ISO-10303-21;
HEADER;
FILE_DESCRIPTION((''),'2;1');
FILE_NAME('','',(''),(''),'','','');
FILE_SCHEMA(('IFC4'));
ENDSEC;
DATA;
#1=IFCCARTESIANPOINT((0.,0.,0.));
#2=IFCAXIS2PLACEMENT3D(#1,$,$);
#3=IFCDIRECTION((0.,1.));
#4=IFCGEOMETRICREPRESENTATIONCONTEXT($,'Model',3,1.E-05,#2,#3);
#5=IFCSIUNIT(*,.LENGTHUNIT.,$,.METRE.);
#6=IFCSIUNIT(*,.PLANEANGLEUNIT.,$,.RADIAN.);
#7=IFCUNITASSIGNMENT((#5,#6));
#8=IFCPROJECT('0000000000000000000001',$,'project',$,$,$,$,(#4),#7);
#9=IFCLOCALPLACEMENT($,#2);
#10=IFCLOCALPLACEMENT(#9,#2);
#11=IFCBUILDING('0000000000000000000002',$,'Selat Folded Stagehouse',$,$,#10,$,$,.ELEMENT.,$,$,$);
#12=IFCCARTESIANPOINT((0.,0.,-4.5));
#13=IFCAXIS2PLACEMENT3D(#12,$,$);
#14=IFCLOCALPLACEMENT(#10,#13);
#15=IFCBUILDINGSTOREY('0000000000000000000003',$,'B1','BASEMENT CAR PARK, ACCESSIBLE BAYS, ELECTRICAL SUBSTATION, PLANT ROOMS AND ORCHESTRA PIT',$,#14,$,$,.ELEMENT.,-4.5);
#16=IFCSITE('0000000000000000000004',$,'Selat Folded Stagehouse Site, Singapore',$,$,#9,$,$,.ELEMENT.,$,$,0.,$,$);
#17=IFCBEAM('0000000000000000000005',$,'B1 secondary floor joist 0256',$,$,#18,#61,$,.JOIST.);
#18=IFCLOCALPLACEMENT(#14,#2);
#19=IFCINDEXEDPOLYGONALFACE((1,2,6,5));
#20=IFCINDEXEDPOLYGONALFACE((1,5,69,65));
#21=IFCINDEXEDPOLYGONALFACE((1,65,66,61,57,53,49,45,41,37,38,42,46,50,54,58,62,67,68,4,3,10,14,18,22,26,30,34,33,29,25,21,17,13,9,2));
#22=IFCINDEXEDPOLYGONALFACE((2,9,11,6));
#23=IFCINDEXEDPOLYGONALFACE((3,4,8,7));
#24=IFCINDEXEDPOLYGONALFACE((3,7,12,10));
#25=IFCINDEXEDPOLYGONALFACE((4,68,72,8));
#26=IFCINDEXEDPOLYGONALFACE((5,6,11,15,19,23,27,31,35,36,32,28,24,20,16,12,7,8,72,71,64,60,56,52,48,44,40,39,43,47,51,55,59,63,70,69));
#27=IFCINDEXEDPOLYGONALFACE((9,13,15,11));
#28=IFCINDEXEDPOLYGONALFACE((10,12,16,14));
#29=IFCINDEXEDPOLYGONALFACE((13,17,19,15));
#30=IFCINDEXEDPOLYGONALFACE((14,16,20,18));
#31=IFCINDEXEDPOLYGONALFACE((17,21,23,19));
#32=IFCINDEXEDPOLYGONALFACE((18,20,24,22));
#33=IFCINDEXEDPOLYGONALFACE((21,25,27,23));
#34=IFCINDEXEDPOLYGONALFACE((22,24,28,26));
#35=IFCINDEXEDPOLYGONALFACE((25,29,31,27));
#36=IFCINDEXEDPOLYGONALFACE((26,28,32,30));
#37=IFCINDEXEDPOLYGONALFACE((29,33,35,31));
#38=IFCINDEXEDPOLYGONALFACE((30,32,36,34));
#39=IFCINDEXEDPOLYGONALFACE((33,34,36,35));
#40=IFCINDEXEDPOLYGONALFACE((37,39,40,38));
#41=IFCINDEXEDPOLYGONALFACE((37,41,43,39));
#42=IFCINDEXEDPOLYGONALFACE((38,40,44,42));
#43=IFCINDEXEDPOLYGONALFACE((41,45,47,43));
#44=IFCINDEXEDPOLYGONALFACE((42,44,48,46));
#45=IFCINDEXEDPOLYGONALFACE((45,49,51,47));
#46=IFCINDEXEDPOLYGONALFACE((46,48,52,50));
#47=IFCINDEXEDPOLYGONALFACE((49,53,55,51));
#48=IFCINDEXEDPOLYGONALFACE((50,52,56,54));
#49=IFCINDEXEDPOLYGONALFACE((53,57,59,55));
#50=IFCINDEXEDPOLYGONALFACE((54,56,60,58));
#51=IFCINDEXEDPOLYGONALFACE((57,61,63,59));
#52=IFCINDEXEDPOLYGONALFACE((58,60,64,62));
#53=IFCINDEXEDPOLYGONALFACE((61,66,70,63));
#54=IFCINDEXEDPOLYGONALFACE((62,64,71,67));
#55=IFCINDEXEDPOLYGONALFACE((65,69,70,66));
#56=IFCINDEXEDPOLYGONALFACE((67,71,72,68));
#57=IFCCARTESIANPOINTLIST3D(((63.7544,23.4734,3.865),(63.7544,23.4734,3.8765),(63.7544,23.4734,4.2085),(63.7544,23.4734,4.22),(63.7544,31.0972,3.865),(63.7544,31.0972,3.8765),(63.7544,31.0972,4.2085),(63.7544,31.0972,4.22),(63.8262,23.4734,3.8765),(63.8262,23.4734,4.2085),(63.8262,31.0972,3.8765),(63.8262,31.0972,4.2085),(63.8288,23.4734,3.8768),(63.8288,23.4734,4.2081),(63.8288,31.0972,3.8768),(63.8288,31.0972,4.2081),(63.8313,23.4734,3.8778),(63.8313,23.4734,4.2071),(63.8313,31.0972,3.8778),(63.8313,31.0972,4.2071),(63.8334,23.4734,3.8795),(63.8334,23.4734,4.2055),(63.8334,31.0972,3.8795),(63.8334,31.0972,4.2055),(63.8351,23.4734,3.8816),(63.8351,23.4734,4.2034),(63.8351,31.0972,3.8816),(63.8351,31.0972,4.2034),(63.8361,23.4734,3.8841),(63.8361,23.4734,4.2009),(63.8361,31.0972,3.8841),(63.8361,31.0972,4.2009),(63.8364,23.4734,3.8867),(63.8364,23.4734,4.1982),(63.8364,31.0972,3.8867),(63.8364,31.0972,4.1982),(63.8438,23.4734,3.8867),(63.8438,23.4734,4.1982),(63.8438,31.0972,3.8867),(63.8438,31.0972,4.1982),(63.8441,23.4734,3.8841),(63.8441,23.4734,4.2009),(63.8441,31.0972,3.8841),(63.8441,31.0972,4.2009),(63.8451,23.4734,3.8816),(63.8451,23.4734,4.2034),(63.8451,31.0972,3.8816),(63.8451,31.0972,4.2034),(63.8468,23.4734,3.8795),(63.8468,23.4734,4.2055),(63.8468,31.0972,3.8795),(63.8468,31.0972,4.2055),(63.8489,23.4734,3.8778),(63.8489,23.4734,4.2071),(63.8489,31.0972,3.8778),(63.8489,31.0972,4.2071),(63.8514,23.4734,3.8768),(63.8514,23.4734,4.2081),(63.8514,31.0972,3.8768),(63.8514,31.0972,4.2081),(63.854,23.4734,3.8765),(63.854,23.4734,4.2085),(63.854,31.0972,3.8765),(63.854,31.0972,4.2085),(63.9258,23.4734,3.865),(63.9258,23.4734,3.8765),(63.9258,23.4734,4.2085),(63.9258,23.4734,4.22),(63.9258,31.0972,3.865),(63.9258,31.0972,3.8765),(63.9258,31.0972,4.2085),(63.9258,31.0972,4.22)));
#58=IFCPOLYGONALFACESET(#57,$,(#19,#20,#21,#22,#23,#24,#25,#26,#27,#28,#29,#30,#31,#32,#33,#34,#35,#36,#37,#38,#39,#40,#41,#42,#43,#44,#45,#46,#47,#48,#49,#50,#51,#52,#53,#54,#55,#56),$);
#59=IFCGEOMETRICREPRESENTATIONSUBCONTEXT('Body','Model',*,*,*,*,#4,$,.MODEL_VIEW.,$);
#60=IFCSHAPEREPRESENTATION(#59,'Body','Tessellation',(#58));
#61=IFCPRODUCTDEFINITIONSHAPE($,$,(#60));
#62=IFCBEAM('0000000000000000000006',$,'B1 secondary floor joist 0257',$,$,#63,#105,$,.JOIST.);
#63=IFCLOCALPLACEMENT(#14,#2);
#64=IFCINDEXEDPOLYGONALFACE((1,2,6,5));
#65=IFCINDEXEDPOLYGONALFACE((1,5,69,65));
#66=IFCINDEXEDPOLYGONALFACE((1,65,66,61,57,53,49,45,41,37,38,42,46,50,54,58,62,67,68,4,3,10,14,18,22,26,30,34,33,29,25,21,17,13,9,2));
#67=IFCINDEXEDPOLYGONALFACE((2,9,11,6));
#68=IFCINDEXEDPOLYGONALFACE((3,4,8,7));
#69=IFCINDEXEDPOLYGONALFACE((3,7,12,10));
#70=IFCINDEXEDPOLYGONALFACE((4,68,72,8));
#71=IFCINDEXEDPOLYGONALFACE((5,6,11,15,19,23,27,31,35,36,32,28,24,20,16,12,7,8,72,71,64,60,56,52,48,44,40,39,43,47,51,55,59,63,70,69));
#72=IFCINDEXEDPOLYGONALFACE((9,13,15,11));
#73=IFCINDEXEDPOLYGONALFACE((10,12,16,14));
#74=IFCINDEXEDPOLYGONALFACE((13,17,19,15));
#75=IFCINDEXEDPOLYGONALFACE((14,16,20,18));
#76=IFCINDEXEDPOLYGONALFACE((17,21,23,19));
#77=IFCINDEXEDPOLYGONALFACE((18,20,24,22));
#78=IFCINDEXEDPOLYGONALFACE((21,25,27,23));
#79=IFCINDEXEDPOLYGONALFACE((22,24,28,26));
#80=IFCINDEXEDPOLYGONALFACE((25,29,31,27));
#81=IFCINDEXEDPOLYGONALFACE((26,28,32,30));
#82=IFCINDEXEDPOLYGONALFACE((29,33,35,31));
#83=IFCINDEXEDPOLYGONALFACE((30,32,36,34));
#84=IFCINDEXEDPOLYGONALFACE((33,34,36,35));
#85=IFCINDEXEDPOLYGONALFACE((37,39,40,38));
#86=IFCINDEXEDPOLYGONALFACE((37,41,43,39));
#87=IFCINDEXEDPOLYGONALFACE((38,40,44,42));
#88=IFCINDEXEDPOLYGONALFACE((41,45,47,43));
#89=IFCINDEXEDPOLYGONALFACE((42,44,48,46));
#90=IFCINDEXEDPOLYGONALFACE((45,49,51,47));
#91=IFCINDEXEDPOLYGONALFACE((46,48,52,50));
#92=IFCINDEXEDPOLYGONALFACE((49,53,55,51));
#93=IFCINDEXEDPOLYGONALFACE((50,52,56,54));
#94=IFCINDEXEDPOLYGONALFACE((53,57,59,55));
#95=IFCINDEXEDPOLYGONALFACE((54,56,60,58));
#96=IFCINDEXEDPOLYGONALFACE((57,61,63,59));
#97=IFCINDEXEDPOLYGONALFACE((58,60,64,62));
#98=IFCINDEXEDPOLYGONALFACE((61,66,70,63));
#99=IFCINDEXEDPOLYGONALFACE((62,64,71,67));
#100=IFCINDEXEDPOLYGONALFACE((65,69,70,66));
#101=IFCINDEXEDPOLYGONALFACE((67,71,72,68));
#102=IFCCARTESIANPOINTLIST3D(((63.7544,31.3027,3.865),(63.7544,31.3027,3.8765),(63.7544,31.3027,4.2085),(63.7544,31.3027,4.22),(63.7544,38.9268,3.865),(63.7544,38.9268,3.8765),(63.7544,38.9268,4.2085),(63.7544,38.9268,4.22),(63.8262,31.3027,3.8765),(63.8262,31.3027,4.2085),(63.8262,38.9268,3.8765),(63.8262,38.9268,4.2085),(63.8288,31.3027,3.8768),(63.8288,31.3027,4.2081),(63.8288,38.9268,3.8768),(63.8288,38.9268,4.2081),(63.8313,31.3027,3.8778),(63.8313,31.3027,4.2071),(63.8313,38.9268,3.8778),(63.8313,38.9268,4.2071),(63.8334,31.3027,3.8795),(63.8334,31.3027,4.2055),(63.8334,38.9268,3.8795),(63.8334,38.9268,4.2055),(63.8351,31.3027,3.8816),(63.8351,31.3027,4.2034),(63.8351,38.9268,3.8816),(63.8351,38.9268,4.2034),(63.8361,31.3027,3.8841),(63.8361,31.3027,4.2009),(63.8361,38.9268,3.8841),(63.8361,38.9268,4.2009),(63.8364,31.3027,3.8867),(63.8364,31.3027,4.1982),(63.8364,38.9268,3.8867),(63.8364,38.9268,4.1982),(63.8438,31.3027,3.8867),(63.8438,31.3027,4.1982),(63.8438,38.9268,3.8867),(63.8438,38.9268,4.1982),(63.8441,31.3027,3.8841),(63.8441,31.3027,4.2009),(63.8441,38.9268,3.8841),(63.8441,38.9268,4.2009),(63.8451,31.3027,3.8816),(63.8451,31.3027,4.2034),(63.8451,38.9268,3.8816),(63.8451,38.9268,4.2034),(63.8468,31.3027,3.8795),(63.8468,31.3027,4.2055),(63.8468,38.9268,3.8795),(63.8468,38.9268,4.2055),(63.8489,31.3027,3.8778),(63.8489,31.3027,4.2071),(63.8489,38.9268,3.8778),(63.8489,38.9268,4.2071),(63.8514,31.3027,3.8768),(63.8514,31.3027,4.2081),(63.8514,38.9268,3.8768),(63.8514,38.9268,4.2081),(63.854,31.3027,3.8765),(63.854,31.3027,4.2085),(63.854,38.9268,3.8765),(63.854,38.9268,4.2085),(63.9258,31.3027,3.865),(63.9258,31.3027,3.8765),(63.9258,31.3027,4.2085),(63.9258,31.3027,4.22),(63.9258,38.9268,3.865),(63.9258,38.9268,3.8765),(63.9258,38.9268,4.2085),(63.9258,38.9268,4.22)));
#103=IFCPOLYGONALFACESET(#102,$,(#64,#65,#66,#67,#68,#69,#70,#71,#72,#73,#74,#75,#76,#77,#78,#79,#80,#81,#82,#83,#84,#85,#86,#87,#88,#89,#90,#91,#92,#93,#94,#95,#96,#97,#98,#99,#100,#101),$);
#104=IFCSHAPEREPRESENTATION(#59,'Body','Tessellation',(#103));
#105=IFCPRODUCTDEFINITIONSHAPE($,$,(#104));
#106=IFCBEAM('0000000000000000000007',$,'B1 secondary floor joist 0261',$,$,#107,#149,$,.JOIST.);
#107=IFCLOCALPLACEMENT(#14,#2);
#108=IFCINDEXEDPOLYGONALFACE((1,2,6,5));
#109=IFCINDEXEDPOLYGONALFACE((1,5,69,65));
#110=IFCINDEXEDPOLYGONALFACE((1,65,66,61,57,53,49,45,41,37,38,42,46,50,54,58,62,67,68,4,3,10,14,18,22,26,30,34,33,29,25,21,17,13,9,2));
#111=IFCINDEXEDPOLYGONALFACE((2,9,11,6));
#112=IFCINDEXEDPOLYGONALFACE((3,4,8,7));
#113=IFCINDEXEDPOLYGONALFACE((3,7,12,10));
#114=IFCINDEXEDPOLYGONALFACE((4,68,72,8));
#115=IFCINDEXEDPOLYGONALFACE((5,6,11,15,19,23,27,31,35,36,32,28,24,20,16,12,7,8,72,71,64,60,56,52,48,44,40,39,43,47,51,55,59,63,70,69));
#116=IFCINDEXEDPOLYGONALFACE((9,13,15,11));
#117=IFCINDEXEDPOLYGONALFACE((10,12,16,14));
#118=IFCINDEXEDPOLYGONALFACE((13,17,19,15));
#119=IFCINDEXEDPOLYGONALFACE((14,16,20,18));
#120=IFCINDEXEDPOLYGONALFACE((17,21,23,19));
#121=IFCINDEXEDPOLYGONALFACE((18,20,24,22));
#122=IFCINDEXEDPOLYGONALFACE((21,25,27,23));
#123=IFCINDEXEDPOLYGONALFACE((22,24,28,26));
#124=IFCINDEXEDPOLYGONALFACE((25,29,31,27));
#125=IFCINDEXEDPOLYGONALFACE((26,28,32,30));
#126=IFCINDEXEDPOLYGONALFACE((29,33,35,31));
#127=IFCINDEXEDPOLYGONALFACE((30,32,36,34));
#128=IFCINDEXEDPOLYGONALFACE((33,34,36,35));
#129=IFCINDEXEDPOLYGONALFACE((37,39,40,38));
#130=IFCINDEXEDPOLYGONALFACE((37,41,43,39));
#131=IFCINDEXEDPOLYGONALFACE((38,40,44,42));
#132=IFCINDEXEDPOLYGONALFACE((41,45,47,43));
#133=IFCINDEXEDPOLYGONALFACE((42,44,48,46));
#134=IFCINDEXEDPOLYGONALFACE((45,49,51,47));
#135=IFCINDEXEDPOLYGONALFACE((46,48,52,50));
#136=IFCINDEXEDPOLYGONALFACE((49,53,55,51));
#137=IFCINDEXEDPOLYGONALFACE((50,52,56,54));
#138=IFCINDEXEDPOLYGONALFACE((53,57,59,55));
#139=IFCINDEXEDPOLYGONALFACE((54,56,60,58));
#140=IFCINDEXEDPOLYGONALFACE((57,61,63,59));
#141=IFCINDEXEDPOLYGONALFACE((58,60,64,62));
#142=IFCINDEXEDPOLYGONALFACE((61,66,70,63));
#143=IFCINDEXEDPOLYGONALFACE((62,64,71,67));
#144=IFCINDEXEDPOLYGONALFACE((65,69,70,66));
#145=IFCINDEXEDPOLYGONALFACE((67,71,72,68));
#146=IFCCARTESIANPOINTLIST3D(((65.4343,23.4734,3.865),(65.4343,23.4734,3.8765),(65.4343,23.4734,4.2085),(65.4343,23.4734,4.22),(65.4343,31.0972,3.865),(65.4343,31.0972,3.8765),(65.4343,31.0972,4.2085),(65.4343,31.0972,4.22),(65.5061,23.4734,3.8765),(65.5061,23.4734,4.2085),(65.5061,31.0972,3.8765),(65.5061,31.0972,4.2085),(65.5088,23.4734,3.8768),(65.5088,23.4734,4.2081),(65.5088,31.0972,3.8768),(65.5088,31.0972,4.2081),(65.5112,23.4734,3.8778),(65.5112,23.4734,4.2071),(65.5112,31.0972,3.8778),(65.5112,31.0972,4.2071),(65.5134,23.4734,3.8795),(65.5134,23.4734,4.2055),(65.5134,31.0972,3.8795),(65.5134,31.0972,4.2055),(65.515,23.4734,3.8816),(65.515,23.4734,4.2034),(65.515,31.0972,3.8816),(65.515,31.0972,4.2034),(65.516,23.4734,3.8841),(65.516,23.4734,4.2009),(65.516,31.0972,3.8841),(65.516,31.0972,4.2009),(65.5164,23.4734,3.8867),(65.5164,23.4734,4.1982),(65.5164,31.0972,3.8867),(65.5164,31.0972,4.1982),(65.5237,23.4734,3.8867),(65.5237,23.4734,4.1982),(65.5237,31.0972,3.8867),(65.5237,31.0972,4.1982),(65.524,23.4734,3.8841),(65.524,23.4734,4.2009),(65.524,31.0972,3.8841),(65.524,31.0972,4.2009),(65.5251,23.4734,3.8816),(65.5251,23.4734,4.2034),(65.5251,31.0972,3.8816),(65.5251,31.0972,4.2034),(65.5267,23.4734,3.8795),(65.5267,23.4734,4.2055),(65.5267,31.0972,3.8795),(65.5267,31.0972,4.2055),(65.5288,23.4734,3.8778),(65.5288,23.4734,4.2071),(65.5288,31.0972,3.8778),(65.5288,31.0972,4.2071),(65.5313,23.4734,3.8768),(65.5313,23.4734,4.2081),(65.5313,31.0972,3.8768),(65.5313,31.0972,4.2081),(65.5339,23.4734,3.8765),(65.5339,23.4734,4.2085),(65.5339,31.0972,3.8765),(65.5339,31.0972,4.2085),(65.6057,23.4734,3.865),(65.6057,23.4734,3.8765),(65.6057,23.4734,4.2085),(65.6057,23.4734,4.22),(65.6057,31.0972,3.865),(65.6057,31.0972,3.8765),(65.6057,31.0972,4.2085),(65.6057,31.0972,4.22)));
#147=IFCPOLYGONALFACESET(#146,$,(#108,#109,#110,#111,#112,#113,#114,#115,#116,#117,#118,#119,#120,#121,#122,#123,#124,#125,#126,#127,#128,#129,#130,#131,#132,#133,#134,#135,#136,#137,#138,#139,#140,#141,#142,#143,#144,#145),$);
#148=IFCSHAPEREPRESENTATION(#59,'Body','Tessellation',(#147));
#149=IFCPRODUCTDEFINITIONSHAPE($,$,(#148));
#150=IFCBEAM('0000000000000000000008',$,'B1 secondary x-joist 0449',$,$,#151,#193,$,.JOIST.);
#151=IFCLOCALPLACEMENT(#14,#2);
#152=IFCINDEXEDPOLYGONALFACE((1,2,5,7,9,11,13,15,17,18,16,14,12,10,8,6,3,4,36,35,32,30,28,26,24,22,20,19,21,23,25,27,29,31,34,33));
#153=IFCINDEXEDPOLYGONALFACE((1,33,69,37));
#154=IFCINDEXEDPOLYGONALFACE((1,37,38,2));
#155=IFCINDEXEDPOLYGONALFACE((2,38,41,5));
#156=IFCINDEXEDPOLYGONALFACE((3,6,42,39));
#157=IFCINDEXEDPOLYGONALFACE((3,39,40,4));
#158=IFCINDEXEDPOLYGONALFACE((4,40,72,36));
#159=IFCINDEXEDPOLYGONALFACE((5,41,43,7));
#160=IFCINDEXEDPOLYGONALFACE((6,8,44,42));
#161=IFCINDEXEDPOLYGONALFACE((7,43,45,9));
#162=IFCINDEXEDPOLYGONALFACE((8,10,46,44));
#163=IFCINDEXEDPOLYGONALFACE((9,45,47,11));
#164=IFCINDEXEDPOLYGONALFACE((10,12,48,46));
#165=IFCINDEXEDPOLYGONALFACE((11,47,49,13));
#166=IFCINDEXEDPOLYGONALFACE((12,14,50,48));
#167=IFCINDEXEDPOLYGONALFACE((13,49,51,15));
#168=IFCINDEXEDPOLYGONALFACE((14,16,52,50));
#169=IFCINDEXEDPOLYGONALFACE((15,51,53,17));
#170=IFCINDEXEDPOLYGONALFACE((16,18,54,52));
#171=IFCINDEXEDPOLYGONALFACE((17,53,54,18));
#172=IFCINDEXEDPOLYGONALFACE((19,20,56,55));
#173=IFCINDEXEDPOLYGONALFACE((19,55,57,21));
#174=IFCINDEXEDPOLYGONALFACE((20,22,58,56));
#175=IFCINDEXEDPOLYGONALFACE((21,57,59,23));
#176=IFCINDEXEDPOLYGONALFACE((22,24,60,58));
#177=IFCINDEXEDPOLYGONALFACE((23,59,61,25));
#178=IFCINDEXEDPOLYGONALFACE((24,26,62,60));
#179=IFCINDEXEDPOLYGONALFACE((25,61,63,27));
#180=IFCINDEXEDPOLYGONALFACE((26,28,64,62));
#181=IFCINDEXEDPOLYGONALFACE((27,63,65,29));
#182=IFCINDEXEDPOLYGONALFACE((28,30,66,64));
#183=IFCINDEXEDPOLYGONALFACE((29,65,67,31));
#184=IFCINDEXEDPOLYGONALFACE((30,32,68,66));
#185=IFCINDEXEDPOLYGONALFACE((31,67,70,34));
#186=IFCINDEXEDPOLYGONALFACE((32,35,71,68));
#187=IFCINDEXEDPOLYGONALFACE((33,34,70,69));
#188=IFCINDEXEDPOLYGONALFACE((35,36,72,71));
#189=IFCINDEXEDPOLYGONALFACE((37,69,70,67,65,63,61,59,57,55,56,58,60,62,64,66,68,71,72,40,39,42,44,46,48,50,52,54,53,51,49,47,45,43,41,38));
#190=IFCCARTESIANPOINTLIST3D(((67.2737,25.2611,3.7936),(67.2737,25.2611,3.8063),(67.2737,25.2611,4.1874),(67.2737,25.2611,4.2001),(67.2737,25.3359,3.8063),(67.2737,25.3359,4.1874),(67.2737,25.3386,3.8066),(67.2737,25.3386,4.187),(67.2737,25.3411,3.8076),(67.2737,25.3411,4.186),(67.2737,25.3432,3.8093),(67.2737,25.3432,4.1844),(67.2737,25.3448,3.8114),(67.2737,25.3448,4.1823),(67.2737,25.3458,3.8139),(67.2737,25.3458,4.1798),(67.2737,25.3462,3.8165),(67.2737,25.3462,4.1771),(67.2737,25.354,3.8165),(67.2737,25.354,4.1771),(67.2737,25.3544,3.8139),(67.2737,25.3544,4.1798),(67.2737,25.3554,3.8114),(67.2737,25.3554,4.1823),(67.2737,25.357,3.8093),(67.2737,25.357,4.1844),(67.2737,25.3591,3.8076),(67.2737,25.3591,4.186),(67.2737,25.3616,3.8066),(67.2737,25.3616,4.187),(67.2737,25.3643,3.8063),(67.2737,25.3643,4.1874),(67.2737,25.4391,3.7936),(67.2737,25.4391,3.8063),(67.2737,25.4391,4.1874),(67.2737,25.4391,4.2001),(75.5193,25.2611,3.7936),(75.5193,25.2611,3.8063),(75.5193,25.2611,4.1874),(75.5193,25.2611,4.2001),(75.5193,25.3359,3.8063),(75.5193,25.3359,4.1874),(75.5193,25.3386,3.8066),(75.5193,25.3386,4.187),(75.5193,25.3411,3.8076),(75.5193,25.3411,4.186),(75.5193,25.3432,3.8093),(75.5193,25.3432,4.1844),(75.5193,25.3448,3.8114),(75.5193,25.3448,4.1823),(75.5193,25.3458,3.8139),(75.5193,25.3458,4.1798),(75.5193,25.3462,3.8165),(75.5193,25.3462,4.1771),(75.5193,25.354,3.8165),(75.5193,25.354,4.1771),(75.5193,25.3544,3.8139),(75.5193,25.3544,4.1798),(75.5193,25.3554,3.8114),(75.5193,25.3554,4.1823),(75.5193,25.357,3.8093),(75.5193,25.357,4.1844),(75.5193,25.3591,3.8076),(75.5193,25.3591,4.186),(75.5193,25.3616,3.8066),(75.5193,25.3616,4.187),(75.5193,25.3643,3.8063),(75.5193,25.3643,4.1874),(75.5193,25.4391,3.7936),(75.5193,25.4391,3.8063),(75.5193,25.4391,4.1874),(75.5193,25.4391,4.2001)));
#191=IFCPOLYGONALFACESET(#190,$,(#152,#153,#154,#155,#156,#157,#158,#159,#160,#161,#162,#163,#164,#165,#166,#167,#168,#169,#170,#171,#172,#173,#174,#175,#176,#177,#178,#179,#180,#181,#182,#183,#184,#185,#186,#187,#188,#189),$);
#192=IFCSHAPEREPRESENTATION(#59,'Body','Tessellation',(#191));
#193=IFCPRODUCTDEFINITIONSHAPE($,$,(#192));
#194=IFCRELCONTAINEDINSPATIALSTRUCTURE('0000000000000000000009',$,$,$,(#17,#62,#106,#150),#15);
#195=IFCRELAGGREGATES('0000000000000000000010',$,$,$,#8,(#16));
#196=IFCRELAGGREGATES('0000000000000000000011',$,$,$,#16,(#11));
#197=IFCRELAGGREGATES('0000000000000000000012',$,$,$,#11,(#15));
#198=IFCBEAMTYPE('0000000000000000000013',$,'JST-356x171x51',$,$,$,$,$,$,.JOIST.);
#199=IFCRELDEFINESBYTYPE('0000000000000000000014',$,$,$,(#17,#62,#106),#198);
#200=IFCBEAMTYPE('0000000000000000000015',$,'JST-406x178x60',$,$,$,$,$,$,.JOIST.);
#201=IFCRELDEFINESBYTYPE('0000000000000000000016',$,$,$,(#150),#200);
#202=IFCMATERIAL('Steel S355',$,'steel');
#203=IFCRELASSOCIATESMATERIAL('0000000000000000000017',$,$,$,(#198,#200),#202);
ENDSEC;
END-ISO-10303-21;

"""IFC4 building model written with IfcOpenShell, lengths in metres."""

from ifc_helpers import new_model, si_unit, direction, frame, origin, origin_2d, place, context, subcontext, project, spatial, i_section, extrude, material, material_profile, profile_set, type_object, element, save


model = new_model("IFC4")

# Units and contexts
model_context = context("Model", 3, precision=1e-05, world=origin(), true_north=direction((0.0, 1.0)))
body_context = subcontext(model_context, "Body", "Model", "MODEL_VIEW")
ifc_project = project(units=[si_unit("LENGTHUNIT", "METRE"), si_unit("PLANEANGLEUNIT", "RADIAN")], contexts=[model_context])

# Site, building, storey
site_placement = place(None, origin())
site = spatial("IfcSite", under=ifc_project, at=site_placement, Name="Selat Folded Stagehouse Site, Singapore", CompositionType="ELEMENT", RefElevation=0.0)
building_placement = place(site_placement, origin())
building = spatial("IfcBuilding", under=site, at=building_placement, Name="Selat Folded Stagehouse", CompositionType="ELEMENT")
storey_placement = place(building_placement, frame((0.0, 0.0, -4.5)))
storey = spatial("IfcBuildingStorey", under=building, at=storey_placement, Name="B1", Description="BASEMENT CAR PARK, ACCESSIBLE BAYS, ELECTRICAL SUBSTATION, PLANT ROOMS AND ORCHESTRA PIT", CompositionType="ELEMENT", Elevation=-4.5)

# Shared definitions
ifc_material_1 = material(Name="Steel S355", Category="steel")

# Beams
ifc_material_profile_1 = material_profile(ifc_material_1, i_section(OverallWidth=0.1714, OverallDepth=0.355, WebThickness=0.0073, FlangeThickness=0.0115, FilletRadius=0.0103, at=origin_2d()), Name="UKB 356x171x51")
ifc_profile_set_1 = profile_set([ifc_material_profile_1], Name="Steel S355")
beam_type_1 = type_object("IfcBeamType", Name="JST-356x171x51", PredefinedType="JOIST", material=ifc_profile_set_1)
for number, where, z_axis, x_axis, name in (
    (1, (63.8401, 23.4734, 4.0425), (0.0, 1.0, 0.0), (-1.0, 0.0, 0.0), "B1 secondary floor joist 0256"),
):
    element("IfcBeam", number, at=place(storey_placement, frame(where, z_axis=z_axis, x_axis=x_axis)), inside=storey, type_object=beam_type_1, Name=name, PredefinedType="JOIST", context=body_context, shape_type="SweptSolid", body=[
        extrude(i_section(OverallWidth=0.1714, OverallDepth=0.355, WebThickness=0.0073, FlangeThickness=0.0115, FilletRadius=0.0103, at=origin_2d()), origin(), (0.0, 0.0, 1.0), 7.6238),
    ])
beam_1_placement = place(storey_placement, frame((63.8401, 31.3027, 4.0425), z_axis=(0.0, 1.0, 0.0), x_axis=(-1.0, 0.0, 0.0)))
element("IfcBeam", 2, at=beam_1_placement, inside=storey, type_object=beam_type_1, Name="B1 secondary floor joist 0257", PredefinedType="JOIST", context=body_context, shape_type="SweptSolid", body=[
    extrude(i_section(OverallWidth=0.1714, OverallDepth=0.355, WebThickness=0.0073, FlangeThickness=0.0115, FilletRadius=0.0103, at=origin_2d()), origin(), (0.0, 0.0, 1.0), 7.624),
])
beam_2_placement = place(storey_placement, frame((65.52, 23.4734, 4.0425), z_axis=(0.0, 1.0, 0.0), x_axis=(-1.0, 0.0, 0.0)))
element("IfcBeam", 3, at=beam_2_placement, inside=storey, type_object=beam_type_1, Name="B1 secondary floor joist 0261", PredefinedType="JOIST", context=body_context, shape_type="SweptSolid", body=[
    extrude(i_section(OverallWidth=0.1714, OverallDepth=0.355, WebThickness=0.0073, FlangeThickness=0.0115, FilletRadius=0.0103, at=origin_2d()), origin(), (0.0, 0.0, 1.0), 7.6238),
])
ifc_material_profile_2 = material_profile(ifc_material_1, i_section(OverallWidth=0.178, OverallDepth=0.4065, WebThickness=0.0078, FlangeThickness=0.0127, FilletRadius=0.0103, at=origin_2d()), Name="UKB 406x178x60")
ifc_profile_set_2 = profile_set([ifc_material_profile_2], Name="Steel S355")
beam_type_2 = type_object("IfcBeamType", Name="JST-406x178x60", PredefinedType="JOIST", material=ifc_profile_set_2)
for number, where, z_axis, x_axis, name in (
    (4, (67.2737, 25.3501, 3.9968), (1.0, 0.0, 0.0), (0.0, 1.0, 0.0), "B1 secondary x-joist 0449"),
):
    element("IfcBeam", number, at=place(storey_placement, frame(where, z_axis=z_axis, x_axis=x_axis)), inside=storey, type_object=beam_type_2, Name=name, PredefinedType="JOIST", context=body_context, shape_type="SweptSolid", body=[
        extrude(i_section(OverallWidth=0.178, OverallDepth=0.4065, WebThickness=0.0078, FlangeThickness=0.0127, FilletRadius=0.0103, at=origin_2d()), origin(), (0.0, 0.0, 1.0), 8.2456),
    ])

save(model, "model.ifc")
